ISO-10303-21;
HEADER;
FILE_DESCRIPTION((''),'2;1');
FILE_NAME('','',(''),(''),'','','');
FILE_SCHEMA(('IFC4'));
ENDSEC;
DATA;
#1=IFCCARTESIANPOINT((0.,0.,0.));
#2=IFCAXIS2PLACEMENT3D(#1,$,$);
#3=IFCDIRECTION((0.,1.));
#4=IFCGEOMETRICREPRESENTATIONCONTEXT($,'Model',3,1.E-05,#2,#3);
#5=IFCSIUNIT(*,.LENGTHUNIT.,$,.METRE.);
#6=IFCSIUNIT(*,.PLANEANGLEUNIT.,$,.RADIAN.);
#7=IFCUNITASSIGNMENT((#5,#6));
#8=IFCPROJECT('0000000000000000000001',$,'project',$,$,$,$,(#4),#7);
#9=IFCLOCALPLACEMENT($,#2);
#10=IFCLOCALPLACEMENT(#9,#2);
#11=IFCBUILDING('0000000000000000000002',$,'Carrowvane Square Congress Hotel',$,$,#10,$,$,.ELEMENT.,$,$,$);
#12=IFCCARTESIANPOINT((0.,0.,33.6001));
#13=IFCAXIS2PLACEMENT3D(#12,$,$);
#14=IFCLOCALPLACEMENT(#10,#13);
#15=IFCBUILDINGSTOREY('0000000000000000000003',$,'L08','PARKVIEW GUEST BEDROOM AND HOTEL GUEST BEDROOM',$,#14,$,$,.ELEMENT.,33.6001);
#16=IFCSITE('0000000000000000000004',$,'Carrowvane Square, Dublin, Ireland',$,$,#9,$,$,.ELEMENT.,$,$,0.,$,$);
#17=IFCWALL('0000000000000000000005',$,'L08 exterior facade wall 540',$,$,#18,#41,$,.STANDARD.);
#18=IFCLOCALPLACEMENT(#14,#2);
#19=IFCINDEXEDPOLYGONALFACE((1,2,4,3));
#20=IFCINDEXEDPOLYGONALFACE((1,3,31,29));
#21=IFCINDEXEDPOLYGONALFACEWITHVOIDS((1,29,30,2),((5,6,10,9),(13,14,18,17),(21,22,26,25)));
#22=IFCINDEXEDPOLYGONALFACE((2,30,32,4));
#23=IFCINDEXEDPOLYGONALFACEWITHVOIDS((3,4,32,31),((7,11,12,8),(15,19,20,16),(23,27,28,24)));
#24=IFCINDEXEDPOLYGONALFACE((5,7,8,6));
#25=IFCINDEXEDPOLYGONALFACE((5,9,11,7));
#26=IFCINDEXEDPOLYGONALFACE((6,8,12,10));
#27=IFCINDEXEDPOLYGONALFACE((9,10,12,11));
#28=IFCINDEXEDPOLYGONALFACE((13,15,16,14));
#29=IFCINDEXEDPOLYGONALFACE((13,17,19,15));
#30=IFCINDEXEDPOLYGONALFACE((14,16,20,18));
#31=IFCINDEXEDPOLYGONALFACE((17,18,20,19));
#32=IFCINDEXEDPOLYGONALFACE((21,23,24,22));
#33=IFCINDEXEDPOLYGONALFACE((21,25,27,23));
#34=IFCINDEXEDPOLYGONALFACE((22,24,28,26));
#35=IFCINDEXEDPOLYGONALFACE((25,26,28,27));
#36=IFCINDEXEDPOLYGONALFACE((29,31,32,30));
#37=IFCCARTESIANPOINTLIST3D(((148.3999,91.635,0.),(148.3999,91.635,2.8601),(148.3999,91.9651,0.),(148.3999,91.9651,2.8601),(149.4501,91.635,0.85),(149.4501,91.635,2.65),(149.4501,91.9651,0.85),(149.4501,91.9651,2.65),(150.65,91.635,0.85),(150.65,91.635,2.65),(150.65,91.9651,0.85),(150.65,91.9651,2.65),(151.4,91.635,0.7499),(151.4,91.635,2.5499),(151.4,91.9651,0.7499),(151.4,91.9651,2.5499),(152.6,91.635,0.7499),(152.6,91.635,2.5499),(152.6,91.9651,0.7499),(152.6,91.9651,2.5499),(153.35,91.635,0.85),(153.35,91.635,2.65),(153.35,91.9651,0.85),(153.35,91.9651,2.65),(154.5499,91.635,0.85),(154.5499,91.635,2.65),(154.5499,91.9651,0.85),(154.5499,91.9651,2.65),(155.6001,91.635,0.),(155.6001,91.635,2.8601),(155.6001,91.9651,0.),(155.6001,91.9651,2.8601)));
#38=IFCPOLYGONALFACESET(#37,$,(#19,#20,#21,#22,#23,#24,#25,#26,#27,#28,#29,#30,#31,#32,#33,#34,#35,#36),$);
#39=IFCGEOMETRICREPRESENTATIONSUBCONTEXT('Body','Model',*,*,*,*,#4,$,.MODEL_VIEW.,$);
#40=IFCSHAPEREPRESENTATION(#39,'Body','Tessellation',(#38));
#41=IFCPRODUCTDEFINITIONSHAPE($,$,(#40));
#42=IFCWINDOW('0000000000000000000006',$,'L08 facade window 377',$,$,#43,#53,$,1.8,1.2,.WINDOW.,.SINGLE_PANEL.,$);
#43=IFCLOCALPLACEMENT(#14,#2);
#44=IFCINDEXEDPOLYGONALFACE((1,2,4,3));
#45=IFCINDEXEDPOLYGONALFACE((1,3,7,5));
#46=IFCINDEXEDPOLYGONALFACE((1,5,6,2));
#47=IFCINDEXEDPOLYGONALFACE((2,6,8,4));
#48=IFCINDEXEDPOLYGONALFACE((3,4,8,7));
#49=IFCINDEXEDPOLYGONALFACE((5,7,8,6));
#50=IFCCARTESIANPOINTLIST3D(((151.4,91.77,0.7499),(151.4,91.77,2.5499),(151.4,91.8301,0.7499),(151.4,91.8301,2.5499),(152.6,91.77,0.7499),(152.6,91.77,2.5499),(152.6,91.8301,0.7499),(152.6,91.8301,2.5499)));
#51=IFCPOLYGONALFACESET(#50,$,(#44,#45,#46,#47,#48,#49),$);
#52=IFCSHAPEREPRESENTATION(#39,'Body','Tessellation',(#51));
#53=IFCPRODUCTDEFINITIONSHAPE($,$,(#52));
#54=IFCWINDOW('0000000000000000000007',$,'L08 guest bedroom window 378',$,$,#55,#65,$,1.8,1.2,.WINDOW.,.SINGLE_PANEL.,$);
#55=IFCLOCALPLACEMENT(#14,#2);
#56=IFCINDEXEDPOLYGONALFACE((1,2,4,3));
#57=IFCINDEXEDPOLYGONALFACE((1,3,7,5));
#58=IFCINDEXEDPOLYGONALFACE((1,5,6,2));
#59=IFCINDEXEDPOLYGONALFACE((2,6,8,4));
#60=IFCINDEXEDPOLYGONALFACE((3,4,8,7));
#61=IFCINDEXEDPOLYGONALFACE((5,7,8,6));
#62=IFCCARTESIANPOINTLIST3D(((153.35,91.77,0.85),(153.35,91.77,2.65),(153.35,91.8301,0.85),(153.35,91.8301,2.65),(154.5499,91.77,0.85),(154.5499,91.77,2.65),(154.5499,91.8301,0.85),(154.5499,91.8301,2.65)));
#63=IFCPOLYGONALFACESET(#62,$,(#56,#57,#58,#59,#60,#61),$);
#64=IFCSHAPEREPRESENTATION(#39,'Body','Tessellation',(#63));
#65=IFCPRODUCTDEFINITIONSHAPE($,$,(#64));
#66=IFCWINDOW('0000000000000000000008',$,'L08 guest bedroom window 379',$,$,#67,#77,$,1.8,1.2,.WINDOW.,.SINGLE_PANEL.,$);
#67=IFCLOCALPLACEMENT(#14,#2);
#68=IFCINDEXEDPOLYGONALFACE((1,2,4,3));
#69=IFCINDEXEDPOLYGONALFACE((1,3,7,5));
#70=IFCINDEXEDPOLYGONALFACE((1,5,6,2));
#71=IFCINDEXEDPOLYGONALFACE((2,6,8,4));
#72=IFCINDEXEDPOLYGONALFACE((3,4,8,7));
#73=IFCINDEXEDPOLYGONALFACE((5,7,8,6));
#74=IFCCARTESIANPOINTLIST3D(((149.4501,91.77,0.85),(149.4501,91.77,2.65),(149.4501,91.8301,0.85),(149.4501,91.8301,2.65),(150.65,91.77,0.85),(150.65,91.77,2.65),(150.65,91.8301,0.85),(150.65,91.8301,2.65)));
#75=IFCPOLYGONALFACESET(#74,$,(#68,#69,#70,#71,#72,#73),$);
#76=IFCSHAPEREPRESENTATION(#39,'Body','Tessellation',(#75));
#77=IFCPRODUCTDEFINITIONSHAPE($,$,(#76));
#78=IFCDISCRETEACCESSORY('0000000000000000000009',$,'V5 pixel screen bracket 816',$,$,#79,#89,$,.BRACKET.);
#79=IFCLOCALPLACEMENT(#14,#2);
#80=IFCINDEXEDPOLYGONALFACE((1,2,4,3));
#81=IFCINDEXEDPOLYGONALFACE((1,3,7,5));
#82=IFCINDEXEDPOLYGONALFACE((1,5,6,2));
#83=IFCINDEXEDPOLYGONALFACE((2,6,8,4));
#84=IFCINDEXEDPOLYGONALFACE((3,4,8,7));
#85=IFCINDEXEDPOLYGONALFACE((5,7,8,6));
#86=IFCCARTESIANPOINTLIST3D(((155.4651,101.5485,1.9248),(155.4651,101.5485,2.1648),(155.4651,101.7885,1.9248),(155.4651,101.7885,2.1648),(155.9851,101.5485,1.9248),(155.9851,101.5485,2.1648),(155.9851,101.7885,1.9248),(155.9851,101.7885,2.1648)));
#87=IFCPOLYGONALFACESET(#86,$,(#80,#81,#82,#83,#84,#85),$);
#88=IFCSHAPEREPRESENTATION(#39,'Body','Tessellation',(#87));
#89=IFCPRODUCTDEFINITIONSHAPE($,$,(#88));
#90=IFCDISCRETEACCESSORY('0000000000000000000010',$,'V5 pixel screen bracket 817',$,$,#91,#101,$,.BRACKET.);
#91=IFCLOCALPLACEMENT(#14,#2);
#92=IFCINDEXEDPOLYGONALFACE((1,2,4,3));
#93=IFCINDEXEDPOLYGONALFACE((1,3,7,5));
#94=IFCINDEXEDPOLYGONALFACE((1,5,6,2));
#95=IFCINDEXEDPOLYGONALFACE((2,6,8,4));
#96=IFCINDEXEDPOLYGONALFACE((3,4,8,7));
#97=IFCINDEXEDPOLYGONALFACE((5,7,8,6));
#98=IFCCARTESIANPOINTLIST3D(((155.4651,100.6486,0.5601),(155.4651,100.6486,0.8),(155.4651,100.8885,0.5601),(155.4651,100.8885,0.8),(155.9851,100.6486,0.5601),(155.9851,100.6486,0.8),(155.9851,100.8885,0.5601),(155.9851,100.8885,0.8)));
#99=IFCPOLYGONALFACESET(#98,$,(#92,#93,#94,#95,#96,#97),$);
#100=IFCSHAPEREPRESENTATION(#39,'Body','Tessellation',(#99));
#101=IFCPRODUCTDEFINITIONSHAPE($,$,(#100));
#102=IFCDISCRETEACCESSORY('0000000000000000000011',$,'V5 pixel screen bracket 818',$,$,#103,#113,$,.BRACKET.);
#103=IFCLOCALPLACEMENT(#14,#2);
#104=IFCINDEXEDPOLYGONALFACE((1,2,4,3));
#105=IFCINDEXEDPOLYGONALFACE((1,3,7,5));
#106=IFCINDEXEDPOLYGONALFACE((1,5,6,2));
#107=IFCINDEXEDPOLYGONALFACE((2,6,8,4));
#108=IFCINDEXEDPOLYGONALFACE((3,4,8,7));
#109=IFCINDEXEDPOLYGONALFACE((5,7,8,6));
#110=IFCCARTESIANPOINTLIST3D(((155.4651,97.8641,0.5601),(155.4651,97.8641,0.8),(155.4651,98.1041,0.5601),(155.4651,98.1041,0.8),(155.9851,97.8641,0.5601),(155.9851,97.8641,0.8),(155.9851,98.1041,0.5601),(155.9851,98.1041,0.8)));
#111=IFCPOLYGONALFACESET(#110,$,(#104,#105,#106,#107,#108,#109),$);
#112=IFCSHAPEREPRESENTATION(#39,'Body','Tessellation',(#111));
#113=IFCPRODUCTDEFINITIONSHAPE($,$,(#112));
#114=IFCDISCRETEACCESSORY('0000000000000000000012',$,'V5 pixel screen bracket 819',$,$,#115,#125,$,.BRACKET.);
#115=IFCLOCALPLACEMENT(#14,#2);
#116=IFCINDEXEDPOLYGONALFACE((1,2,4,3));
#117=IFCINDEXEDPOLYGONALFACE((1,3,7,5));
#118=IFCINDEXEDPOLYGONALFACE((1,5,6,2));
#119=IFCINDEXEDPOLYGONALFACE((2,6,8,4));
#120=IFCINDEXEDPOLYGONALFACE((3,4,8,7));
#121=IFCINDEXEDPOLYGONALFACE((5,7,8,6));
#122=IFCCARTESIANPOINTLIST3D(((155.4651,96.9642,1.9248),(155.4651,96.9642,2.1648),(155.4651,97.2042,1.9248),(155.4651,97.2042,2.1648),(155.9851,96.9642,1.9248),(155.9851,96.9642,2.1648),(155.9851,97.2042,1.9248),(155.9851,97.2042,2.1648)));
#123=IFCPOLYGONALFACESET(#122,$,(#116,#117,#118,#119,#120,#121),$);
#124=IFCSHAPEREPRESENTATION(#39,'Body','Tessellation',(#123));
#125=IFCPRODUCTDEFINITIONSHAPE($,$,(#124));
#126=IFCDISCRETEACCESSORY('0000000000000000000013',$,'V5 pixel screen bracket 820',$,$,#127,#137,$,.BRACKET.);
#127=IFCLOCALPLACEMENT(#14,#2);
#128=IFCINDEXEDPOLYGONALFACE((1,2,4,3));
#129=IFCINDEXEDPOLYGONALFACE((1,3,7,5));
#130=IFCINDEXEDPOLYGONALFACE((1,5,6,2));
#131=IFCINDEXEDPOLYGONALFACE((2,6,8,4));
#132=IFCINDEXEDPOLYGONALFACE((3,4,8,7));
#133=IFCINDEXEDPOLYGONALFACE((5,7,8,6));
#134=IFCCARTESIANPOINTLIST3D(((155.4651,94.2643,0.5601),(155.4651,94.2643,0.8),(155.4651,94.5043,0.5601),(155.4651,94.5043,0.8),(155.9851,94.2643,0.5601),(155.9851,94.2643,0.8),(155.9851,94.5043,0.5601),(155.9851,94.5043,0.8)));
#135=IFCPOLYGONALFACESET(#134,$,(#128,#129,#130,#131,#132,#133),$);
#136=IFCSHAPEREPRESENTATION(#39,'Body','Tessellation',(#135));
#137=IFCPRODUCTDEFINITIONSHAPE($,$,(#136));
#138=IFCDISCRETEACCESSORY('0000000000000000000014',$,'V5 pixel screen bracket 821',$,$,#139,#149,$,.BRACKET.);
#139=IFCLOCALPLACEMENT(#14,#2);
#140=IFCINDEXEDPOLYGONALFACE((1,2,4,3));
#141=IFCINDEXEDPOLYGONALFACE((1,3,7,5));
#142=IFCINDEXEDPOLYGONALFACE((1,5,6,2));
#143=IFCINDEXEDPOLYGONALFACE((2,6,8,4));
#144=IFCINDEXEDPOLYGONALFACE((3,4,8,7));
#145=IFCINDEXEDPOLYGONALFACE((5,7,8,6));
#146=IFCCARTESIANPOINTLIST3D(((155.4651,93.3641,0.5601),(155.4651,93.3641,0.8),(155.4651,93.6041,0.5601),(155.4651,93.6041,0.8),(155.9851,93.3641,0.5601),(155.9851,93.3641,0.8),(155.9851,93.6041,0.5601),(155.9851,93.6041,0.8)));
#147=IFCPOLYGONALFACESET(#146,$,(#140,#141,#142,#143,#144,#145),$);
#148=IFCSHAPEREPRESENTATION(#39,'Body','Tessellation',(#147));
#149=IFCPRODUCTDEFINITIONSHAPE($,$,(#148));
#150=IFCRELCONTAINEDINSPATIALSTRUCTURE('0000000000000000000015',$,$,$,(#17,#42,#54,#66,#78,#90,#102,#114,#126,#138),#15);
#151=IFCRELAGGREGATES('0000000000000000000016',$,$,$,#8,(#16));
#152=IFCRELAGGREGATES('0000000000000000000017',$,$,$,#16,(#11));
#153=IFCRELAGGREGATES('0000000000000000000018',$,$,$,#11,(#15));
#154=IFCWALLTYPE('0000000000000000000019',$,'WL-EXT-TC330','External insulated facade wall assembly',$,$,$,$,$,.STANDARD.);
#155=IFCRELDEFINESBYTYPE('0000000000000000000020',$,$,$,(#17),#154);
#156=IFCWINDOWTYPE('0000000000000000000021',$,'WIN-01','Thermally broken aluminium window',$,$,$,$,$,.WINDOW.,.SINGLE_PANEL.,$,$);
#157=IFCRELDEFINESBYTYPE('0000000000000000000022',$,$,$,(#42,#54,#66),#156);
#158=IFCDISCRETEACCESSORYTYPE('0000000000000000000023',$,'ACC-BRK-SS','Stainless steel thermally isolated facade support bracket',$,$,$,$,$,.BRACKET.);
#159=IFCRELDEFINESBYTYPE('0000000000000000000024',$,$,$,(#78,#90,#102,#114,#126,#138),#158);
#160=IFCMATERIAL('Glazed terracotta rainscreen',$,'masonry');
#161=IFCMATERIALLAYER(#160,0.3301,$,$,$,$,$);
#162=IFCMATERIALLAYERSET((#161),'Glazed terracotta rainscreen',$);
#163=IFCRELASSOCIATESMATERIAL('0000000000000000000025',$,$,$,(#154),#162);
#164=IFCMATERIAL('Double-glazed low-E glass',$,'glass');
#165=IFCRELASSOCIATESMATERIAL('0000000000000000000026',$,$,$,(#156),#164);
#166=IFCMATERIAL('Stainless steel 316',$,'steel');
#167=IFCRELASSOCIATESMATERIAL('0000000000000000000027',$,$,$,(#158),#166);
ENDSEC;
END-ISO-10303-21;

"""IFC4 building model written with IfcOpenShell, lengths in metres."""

from ifc_helpers import new_model, si_unit, direction, frame, frame_2d, origin, origin_2d, place, context, subcontext, project, spatial, rectangle, extrude, material, layer, layer_set, type_object, element, fill, save


model = new_model("IFC4")

# Units and contexts
model_context = context("Model", 3, precision=1e-05, world=origin(), true_north=direction((0.0, 1.0)))
body_context = subcontext(model_context, "Body", "Model", "MODEL_VIEW")
ifc_project = project(units=[si_unit("LENGTHUNIT", "METRE"), si_unit("PLANEANGLEUNIT", "RADIAN")], contexts=[model_context])

# Site, building, storey
site_placement = place(None, origin())
site = spatial("IfcSite", under=ifc_project, at=site_placement, Name="Carrowvane Square, Dublin, Ireland", CompositionType="ELEMENT", RefElevation=0.0)
building_placement = place(site_placement, origin())
building = spatial("IfcBuilding", under=site, at=building_placement, Name="Carrowvane Square Congress Hotel", CompositionType="ELEMENT")
storey_placement = place(building_placement, frame((0.0, 0.0, 33.6001)))
storey = spatial("IfcBuildingStorey", under=building, at=storey_placement, Name="L08", Description="PARKVIEW GUEST BEDROOM AND HOTEL GUEST BEDROOM", CompositionType="ELEMENT", Elevation=33.6001)

# Shared definitions
ifc_material_1 = material(Name="Glazed terracotta rainscreen", Category="masonry")
ifc_layer_1 = layer(ifc_material_1, 0.3301)
ifc_layer_set_1 = layer_set([ifc_layer_1], Name="Glazed terracotta rainscreen")
wall_type = type_object("IfcWallType", Name="WL-EXT-TC330", Description="External insulated facade wall assembly", PredefinedType="STANDARD", material=ifc_layer_set_1)

# Wall, openings, windows
wall_1_placement = place(storey_placement, frame((155.6001, 91.8, 0.0), z_axis=(0.0, 0.0, 1.0), x_axis=(-1.0, 0.0, 0.0)))
wall_1 = element("IfcWall", 1, at=wall_1_placement, inside=storey, type_object=wall_type, Name="L08 exterior facade wall 540", PredefinedType="STANDARD", context=body_context, shape_type="SweptSolid", body=[
    extrude(rectangle(XDim=7.2002, YDim=0.3301, at=frame_2d((3.6001, 0.0))), origin(), (0.0, 0.0, 1.0), 2.8601),
])
opening_1_placement = place(wall_1_placement, frame((3.0, 0.0, 0.75)))
opening_1 = element("IfcOpeningElement", 2, at=opening_1_placement, cuts=wall_1, PredefinedType="OPENING", context=body_context, shape_type="SweptSolid", body=[
    extrude(rectangle(XDim=1.2, YDim=1.8, at=frame_2d((0.6001, 0.8999))), frame((0.0, 0.175, 0.0), z_axis=(0.0, -1.0, 0.0), x_axis=(1.0, 0.0, 0.0)), (0.0, 0.0, 1.0), 0.3501),
])
opening_2_placement = place(wall_1_placement, frame((1.05, 0.0, 0.8501)))
opening_2 = element("IfcOpeningElement", 3, at=opening_2_placement, cuts=wall_1, PredefinedType="OPENING", context=body_context, shape_type="SweptSolid", body=[
    extrude(rectangle(XDim=1.2, YDim=1.8, at=frame_2d((0.6001, 0.8999))), frame((0.0, 0.175, 0.0), z_axis=(0.0, -1.0, 0.0), x_axis=(1.0, 0.0, 0.0)), (0.0, 0.0, 1.0), 0.3501),
])
opening_3_placement = place(wall_1_placement, frame((4.95, 0.0, 0.8501)))
opening_3 = element("IfcOpeningElement", 4, at=opening_3_placement, cuts=wall_1, PredefinedType="OPENING", context=body_context, shape_type="SweptSolid", body=[
    extrude(rectangle(XDim=1.2, YDim=1.8, at=frame_2d((0.6001, 0.8999))), frame((0.0, 0.175, 0.0), z_axis=(0.0, -1.0, 0.0), x_axis=(1.0, 0.0, 0.0)), (0.0, 0.0, 1.0), 0.3501),
])
ifc_material_2 = material(Name="Double-glazed low-E glass", Category="glass")
window_type_1 = type_object("IfcWindowType", Name="WIN-01", Description="Thermally broken aluminium window", PartitioningType="SINGLE_PANEL", PredefinedType="WINDOW", material=ifc_material_2)
window_1_placement = place(opening_1_placement, origin())
window_1 = element("IfcWindow", 5, at=window_1_placement, inside=storey, type_object=window_type_1, Name="L08 facade window 377", OverallHeight=1.8, OverallWidth=1.2, PartitioningType="SINGLE_PANEL", PredefinedType="WINDOW", context=body_context, shape_type="SweptSolid", body=[
    extrude(rectangle(XDim=1.2, YDim=1.8, at=frame_2d((0.6001, 0.8999))), frame((0.0, 0.03, 0.0), z_axis=(0.0, -1.0, 0.0), x_axis=(1.0, 0.0, 0.0)), (0.0, 0.0, 1.0), 0.0601),
])
fill(opening_1, window_1)
window_2_placement = place(opening_2_placement, origin())
window_2 = element("IfcWindow", 6, at=window_2_placement, inside=storey, type_object=window_type_1, Name="L08 guest bedroom window 378", OverallHeight=1.8, OverallWidth=1.2, PartitioningType="SINGLE_PANEL", PredefinedType="WINDOW", context=body_context, shape_type="SweptSolid", body=[
    extrude(rectangle(XDim=1.2, YDim=1.8, at=frame_2d((0.6001, 0.8999))), frame((0.0, 0.03, 0.0), z_axis=(0.0, -1.0, 0.0), x_axis=(1.0, 0.0, 0.0)), (0.0, 0.0, 1.0), 0.0601),
])
fill(opening_2, window_2)
window_3_placement = place(opening_3_placement, origin())
window_3 = element("IfcWindow", 7, at=window_3_placement, inside=storey, type_object=window_type_1, Name="L08 guest bedroom window 379", OverallHeight=1.8, OverallWidth=1.2, PartitioningType="SINGLE_PANEL", PredefinedType="WINDOW", context=body_context, shape_type="SweptSolid", body=[
    extrude(rectangle(XDim=1.2, YDim=1.8, at=frame_2d((0.6001, 0.8999))), frame((0.0, 0.03, 0.0), z_axis=(0.0, -1.0, 0.0), x_axis=(1.0, 0.0, 0.0)), (0.0, 0.0, 1.0), 0.0601),
])
fill(opening_3, window_3)

# Discrete accessories
ifc_material_3 = material(Name="Stainless steel 316", Category="steel")
discrete_accessory_type = type_object("IfcDiscreteAccessoryType", Name="ACC-BRK-SS", Description="Stainless steel thermally isolated facade support bracket", PredefinedType="BRACKET", material=ifc_material_3)
for number, where, z_axis, x_axis, name in (
    (8, (155.7251, 101.6685, 1.9248), (0.0, 0.0, 1.0), (0.0, -1.0, 0.0), "V5 pixel screen bracket 816"),
    (9, (155.7251, 100.7686, 0.5601), (0.0, 0.0, 1.0), (0.0, -1.0, 0.0), "V5 pixel screen bracket 817"),
    (10, (155.7251, 97.9841, 0.5601), (0.0, 0.0, 1.0), (0.0, -1.0, 0.0), "V5 pixel screen bracket 818"),
    (11, (155.7251, 97.0842, 1.9248), (0.0, 0.0, 1.0), (0.0, -1.0, 0.0), "V5 pixel screen bracket 819"),
    (12, (155.7251, 94.3843, 0.5601), (0.0, 0.0, 1.0), (0.0, -1.0, 0.0), "V5 pixel screen bracket 820"),
    (13, (155.7251, 93.4841, 0.5601), (0.0, 0.0, 1.0), (0.0, -1.0, 0.0), "V5 pixel screen bracket 821"),
):
    element("IfcDiscreteAccessory", number, at=place(storey_placement, frame(where, z_axis=z_axis, x_axis=x_axis)), inside=storey, type_object=discrete_accessory_type, Name=name, PredefinedType="BRACKET", context=body_context, shape_type="SweptSolid", body=[
        extrude(rectangle(XDim=0.24, YDim=0.52, at=origin_2d()), origin(), (0.0, 0.0, 1.0), 0.24),
    ])

save(model, "model.ifc")
